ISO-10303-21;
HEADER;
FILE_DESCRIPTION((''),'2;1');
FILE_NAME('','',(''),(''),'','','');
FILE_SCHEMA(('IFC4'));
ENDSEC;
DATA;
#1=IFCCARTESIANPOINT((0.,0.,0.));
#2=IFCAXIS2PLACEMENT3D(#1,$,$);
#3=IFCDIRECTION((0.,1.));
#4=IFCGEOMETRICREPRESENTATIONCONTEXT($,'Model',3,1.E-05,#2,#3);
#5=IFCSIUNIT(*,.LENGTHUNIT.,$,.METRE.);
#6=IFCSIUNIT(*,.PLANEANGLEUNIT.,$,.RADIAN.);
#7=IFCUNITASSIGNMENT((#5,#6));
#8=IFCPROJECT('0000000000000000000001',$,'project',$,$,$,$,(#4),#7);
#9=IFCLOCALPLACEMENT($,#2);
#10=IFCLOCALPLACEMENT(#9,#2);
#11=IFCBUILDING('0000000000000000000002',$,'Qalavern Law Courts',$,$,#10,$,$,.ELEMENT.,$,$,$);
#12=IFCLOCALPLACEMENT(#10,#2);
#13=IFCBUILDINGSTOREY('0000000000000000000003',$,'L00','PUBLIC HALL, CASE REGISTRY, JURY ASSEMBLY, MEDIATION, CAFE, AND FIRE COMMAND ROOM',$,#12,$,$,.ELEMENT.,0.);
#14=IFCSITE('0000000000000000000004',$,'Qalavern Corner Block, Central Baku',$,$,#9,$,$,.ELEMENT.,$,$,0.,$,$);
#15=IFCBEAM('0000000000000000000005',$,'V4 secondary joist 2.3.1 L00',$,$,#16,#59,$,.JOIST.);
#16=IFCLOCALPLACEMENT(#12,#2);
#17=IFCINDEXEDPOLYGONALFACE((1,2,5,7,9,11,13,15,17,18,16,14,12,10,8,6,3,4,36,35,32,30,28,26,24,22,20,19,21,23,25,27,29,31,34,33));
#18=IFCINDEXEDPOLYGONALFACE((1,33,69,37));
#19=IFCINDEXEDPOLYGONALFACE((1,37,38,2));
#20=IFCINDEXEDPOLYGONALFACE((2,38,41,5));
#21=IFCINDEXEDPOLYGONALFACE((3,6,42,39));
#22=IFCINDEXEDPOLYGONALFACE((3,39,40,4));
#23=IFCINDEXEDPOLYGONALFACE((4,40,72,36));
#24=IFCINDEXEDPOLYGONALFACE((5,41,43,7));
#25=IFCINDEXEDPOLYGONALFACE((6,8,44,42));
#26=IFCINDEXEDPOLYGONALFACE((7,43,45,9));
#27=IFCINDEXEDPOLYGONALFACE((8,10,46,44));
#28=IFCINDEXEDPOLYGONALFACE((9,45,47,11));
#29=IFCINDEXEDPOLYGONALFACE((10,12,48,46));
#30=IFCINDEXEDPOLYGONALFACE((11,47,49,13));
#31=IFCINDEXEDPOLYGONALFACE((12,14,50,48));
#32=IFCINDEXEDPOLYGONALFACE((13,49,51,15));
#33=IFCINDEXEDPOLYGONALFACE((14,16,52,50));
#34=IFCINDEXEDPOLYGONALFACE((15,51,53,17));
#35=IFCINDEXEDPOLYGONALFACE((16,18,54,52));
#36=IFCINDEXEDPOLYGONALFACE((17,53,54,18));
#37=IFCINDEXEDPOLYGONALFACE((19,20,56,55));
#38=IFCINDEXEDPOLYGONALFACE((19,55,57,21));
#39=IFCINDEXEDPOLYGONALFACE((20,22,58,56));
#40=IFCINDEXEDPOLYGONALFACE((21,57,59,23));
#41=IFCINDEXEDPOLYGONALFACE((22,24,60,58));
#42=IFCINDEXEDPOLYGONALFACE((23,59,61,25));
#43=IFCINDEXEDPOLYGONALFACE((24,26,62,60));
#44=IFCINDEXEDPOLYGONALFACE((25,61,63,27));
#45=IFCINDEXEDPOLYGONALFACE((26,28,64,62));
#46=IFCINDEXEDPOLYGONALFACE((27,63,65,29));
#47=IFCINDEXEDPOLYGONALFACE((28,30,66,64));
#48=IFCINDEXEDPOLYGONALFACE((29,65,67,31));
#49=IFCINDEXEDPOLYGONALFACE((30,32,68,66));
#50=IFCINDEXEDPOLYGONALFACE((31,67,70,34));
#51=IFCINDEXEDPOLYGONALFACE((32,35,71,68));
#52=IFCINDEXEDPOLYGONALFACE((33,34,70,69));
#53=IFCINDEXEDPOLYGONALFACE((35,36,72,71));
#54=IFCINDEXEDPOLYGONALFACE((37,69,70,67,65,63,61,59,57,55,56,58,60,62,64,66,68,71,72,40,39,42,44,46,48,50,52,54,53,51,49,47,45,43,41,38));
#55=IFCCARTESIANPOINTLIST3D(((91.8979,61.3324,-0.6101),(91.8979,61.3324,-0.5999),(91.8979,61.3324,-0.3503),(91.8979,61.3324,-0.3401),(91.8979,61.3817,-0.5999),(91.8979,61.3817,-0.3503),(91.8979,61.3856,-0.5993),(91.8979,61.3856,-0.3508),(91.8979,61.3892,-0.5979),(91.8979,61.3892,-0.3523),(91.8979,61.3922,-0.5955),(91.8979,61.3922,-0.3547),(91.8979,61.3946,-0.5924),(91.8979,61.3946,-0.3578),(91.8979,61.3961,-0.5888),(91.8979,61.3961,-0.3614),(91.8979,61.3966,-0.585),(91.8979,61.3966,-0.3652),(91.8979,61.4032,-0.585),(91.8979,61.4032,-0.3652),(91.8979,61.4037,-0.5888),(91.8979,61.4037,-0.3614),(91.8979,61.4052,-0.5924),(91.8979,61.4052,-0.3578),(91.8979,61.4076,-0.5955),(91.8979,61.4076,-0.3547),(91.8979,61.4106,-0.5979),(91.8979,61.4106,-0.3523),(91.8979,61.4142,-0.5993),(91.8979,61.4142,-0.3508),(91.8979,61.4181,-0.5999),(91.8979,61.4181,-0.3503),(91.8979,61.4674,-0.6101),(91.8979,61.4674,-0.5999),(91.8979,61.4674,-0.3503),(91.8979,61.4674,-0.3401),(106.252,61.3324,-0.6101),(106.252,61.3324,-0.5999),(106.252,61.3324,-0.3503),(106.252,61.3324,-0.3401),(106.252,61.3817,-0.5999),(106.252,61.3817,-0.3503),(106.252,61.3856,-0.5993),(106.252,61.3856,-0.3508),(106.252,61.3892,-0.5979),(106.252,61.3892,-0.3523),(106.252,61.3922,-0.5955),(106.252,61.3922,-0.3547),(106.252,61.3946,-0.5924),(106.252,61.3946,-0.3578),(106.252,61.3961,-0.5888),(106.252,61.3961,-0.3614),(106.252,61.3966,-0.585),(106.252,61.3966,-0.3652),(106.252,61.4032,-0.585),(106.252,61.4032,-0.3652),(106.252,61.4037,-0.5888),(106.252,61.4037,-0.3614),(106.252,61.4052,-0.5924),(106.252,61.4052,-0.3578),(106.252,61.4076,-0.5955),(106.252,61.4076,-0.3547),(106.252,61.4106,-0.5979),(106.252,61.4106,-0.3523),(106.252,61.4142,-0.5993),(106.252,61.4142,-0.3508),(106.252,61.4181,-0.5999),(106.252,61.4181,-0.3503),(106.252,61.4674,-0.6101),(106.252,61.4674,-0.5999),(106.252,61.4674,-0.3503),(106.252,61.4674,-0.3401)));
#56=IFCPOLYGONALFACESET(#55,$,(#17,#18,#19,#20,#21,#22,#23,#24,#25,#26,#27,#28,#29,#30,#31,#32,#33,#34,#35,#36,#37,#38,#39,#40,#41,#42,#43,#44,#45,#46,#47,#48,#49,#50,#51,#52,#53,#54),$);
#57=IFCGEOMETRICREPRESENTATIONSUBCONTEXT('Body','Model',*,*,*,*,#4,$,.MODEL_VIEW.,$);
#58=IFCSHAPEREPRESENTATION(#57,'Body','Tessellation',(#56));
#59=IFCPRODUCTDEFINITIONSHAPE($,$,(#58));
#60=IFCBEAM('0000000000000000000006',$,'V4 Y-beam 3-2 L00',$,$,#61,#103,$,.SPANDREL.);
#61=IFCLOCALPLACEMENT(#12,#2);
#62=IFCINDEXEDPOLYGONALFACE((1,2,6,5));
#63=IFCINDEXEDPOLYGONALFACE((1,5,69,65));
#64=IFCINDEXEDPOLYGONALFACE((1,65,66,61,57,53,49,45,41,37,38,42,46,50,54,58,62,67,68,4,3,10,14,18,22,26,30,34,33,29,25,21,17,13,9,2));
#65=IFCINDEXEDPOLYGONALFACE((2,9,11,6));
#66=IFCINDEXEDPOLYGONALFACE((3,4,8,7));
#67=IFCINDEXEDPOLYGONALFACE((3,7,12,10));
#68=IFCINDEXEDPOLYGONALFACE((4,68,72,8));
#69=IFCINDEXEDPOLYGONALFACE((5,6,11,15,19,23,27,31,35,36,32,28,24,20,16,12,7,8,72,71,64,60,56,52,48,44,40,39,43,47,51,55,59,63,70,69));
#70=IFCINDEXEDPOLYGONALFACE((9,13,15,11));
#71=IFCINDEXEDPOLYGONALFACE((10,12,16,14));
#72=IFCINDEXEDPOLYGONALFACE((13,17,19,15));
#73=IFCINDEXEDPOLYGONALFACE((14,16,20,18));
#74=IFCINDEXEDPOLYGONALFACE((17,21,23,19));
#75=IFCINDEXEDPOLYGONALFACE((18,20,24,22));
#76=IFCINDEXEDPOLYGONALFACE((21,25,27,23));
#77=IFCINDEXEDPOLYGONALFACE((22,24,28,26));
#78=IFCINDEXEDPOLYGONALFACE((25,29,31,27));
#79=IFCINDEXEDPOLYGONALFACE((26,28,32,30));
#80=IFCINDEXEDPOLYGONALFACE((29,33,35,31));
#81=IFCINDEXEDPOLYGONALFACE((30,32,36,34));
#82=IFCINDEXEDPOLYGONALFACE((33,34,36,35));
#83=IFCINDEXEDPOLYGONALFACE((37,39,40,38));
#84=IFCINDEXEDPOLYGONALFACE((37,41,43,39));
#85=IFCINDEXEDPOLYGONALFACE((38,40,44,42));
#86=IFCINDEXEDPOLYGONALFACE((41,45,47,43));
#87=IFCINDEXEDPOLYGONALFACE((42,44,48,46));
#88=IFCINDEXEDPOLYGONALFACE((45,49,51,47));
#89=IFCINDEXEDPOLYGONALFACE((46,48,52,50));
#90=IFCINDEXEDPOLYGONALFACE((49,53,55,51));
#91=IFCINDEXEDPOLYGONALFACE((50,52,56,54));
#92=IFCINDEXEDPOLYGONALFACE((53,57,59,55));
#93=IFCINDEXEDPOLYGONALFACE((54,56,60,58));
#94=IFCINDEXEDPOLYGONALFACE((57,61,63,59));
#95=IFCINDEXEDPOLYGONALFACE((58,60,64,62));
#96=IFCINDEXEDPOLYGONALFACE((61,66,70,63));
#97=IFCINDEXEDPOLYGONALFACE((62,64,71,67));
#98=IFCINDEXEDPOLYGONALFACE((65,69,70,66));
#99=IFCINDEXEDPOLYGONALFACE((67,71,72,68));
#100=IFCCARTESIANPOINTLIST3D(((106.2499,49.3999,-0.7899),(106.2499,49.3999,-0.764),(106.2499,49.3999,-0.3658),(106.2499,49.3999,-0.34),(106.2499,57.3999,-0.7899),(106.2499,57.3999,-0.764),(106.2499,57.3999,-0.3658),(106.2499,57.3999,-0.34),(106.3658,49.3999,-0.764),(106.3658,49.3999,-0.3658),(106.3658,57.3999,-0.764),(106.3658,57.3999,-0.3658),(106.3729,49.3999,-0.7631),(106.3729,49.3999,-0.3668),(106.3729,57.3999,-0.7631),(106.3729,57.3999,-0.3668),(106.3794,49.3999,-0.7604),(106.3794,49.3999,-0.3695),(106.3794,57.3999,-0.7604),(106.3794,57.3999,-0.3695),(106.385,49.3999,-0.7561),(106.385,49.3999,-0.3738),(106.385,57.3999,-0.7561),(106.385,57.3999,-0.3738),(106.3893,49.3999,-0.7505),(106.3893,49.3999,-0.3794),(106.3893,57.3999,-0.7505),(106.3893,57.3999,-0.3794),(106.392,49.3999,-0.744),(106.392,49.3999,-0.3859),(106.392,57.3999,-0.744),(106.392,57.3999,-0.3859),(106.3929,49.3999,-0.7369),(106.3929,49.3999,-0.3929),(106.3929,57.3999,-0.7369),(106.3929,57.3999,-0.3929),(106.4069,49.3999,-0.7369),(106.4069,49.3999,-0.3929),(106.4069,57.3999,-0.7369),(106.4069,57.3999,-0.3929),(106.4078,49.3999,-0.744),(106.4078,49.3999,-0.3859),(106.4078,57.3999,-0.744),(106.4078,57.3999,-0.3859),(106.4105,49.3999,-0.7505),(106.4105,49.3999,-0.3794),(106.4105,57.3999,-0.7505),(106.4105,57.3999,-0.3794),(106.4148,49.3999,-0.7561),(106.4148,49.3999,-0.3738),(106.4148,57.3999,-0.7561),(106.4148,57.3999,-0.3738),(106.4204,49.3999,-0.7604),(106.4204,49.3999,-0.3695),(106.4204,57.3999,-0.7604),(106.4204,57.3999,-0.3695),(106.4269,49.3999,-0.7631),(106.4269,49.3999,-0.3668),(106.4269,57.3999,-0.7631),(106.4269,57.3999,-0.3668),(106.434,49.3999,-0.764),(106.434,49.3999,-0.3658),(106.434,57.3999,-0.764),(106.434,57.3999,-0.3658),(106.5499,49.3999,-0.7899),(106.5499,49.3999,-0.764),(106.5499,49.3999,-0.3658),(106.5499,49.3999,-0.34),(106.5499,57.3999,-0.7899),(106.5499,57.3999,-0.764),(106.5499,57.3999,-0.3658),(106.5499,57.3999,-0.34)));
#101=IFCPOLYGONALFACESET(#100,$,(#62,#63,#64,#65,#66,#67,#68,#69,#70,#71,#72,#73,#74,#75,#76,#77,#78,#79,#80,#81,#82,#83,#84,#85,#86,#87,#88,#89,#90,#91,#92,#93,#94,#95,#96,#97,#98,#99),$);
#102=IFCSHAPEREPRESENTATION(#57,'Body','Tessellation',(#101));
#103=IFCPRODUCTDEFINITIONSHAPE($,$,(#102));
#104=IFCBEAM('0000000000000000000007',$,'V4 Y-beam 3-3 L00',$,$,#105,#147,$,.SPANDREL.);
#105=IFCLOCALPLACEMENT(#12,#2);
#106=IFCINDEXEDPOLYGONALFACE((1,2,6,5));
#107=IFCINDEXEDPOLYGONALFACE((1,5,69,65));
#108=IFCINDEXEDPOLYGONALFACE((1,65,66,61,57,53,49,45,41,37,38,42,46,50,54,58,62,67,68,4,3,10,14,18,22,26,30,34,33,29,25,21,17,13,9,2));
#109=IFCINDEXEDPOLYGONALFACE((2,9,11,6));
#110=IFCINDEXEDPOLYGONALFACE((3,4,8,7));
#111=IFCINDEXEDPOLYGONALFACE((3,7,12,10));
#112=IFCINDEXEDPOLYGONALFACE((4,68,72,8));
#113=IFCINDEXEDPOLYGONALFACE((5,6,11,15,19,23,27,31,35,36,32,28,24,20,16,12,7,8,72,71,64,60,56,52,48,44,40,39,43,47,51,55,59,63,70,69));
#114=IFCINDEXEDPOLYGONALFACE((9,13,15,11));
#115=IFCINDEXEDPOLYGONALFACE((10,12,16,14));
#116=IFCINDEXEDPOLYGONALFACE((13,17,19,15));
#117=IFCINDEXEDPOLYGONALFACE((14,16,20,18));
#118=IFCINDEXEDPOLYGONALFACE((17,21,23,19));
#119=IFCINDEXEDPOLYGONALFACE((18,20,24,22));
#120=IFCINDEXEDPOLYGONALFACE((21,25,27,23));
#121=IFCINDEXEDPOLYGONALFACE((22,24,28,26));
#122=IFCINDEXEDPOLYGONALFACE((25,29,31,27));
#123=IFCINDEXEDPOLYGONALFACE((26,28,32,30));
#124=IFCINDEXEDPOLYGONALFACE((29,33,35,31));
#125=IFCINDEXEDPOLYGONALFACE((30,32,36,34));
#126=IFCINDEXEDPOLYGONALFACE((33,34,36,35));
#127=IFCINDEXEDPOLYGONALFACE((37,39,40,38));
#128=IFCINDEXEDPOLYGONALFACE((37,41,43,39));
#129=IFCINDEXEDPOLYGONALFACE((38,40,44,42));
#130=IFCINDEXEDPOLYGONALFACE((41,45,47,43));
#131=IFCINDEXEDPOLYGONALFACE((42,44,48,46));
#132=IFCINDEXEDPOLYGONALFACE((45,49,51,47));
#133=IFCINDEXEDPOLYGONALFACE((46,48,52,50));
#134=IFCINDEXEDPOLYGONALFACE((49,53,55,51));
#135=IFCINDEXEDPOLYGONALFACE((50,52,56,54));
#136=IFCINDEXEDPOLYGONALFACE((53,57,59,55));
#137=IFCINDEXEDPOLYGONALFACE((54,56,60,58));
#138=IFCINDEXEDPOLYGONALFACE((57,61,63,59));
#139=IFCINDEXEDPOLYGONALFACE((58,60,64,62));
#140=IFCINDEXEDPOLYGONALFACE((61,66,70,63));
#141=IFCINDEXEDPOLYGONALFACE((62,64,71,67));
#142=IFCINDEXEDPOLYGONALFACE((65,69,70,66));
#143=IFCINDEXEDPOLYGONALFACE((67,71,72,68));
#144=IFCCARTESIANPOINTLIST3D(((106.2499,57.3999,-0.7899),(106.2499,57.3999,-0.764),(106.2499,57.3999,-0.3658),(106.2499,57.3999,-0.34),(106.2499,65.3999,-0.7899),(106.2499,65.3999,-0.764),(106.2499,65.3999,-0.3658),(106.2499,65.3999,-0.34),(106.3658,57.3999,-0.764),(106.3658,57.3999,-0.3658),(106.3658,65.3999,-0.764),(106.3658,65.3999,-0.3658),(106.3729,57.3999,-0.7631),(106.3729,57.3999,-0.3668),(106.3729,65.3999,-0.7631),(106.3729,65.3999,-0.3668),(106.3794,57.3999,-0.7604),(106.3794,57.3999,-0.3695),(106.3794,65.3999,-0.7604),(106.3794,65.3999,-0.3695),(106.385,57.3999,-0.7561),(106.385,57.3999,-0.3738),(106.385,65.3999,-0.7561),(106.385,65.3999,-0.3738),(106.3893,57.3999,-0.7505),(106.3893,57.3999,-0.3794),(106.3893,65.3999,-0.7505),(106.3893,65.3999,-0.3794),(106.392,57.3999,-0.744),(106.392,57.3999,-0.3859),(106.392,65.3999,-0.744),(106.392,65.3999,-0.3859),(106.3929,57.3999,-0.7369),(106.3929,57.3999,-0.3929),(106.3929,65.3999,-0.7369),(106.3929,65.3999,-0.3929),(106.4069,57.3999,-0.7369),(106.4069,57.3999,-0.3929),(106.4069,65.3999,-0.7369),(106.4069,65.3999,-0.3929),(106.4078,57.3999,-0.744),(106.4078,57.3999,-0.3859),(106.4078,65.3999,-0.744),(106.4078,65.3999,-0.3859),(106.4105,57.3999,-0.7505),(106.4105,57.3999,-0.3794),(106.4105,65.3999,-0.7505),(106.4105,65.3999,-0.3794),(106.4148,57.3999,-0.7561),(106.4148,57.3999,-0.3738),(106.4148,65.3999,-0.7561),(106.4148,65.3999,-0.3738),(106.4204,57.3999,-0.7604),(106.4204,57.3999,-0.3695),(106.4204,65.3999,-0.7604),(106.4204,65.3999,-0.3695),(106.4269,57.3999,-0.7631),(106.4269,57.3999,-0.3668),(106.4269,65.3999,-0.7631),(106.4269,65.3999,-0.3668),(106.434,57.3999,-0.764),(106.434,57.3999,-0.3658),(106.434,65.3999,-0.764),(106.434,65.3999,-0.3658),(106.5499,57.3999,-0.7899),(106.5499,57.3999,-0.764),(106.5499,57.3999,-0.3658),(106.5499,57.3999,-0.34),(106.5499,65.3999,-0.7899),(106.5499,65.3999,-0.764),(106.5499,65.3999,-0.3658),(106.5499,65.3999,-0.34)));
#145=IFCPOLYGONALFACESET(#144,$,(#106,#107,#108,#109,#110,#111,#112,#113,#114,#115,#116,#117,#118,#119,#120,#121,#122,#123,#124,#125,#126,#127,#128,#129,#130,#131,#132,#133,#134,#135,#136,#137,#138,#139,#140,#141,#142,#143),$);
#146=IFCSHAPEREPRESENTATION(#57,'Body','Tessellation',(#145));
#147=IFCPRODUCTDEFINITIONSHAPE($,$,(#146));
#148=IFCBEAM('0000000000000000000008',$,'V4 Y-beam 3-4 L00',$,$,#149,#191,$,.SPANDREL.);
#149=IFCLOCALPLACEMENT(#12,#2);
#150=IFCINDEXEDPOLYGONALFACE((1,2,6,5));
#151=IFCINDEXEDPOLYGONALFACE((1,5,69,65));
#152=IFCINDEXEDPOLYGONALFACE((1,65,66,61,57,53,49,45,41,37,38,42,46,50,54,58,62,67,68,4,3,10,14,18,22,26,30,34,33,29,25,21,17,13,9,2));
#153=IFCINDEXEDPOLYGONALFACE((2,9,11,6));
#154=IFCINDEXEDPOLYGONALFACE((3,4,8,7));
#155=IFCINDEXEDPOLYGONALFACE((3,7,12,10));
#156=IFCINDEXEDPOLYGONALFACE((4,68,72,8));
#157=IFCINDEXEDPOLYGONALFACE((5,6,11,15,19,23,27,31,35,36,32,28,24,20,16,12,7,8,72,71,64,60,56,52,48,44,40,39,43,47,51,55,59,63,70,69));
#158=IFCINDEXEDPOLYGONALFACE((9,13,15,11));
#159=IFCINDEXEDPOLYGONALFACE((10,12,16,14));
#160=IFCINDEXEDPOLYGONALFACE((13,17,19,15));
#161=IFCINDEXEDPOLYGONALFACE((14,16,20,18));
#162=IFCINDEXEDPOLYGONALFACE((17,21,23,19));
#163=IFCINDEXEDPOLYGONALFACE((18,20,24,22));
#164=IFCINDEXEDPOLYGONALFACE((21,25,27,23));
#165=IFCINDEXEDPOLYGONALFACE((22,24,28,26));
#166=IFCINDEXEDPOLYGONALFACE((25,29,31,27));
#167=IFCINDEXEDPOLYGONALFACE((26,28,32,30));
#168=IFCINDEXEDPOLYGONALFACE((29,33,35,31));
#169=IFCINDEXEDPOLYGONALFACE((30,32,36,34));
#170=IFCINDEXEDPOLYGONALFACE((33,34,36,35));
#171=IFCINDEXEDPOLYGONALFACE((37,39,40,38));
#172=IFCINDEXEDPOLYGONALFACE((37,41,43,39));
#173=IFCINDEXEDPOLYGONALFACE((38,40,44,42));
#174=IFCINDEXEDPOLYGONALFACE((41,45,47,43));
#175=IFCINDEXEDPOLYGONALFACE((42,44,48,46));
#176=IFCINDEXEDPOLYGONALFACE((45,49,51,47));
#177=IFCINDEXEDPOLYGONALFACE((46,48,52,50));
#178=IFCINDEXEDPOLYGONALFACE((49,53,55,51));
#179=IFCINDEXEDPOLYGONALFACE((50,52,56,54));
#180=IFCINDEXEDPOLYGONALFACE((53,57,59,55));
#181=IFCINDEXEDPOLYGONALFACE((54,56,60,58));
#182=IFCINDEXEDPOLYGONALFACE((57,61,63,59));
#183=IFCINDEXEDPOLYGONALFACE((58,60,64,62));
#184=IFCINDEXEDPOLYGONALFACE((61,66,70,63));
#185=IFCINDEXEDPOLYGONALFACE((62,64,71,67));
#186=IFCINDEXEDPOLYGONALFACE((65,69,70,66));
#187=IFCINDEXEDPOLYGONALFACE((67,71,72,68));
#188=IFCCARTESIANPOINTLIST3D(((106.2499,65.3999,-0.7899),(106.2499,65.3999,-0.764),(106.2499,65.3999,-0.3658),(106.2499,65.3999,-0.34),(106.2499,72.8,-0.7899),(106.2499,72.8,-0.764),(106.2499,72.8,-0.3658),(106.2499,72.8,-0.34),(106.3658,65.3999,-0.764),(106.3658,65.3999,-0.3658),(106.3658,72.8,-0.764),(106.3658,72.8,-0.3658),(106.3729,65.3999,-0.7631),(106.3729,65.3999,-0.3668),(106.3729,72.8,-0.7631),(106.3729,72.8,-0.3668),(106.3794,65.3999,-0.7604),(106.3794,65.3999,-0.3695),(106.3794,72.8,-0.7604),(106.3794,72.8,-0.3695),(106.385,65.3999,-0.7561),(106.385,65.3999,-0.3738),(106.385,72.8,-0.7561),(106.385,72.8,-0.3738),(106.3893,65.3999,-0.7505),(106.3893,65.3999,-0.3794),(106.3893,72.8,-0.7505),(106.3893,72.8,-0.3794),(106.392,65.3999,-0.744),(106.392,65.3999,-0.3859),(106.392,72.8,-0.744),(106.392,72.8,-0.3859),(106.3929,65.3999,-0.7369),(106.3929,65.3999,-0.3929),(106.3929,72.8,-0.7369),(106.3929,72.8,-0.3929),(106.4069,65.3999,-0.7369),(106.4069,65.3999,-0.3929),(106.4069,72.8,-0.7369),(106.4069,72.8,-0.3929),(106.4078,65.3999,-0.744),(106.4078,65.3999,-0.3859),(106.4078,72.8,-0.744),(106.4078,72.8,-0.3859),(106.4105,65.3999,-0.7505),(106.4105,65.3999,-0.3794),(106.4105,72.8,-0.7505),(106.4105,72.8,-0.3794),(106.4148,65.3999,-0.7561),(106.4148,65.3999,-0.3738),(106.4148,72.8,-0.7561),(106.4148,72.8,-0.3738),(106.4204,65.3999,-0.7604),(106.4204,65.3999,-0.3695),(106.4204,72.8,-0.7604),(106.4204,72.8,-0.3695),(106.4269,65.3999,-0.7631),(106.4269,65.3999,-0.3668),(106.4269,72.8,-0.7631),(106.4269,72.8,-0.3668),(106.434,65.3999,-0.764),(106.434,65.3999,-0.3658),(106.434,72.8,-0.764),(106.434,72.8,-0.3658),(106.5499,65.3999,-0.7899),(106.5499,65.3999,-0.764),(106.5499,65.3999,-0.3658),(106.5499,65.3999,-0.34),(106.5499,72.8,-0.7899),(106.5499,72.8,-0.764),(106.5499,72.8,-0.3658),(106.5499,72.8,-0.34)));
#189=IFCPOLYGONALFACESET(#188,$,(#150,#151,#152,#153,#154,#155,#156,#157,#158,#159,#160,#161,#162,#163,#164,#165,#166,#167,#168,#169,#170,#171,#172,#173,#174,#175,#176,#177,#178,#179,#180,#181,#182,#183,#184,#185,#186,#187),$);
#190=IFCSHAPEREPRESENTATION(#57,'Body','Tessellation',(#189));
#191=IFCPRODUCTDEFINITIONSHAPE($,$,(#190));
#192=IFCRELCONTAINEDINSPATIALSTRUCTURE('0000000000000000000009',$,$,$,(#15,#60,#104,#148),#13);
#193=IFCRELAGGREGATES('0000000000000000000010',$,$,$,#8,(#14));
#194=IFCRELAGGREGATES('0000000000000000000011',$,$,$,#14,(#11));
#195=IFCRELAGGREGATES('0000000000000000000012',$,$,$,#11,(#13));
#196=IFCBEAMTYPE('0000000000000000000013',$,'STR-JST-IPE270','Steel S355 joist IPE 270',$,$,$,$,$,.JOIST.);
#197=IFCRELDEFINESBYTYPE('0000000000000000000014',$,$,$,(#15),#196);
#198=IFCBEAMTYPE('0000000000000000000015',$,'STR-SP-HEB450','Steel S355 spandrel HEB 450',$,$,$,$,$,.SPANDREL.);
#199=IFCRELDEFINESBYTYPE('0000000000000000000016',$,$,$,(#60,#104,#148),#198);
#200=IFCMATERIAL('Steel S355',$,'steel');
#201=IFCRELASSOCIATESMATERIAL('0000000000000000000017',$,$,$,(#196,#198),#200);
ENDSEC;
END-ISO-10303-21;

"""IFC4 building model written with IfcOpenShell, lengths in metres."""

from ifc_helpers import new_model, si_unit, direction, frame, origin, origin_2d, place, context, subcontext, project, spatial, i_section, extrude, material, material_profile, profile_set, type_object, element, save


model = new_model("IFC4")

# Units and contexts
model_context = context("Model", 3, precision=1e-05, world=origin(), true_north=direction((0.0, 1.0)))
body_context = subcontext(model_context, "Body", "Model", "MODEL_VIEW")
ifc_project = project(units=[si_unit("LENGTHUNIT", "METRE"), si_unit("PLANEANGLEUNIT", "RADIAN")], contexts=[model_context])

# Site, building, storey
site_placement = place(None, origin())
site = spatial("IfcSite", under=ifc_project, at=site_placement, Name="Qalavern Corner Block, Central Baku", CompositionType="ELEMENT", RefElevation=0.0)
building_placement = place(site_placement, origin())
building = spatial("IfcBuilding", under=site, at=building_placement, Name="Qalavern Law Courts", CompositionType="ELEMENT")
storey_placement = place(building_placement, origin())
storey = spatial("IfcBuildingStorey", under=building, at=storey_placement, Name="L00", Description="PUBLIC HALL, CASE REGISTRY, JURY ASSEMBLY, MEDIATION, CAFE, AND FIRE COMMAND ROOM", CompositionType="ELEMENT", Elevation=0.0)

# Beams
ifc_material_1 = material(Name="Steel S355", Category="steel")
ifc_material_profile_1 = material_profile(ifc_material_1, i_section(OverallWidth=0.135, OverallDepth=0.27, WebThickness=0.0066, FlangeThickness=0.0103, FilletRadius=0.0149, at=origin_2d()), Name="IPE 270")
ifc_profile_set_1 = profile_set([ifc_material_profile_1], Name="Steel S355")
beam_type_1 = type_object("IfcBeamType", Name="STR-JST-IPE270", Description="Steel S355 joist IPE 270", PredefinedType="JOIST", material=ifc_profile_set_1)
beam_1_placement = place(storey_placement, frame((91.8979, 61.3999, -0.4751), z_axis=(1.0, 0.0, 0.0), x_axis=(0.0, 1.0, 0.0)))
element("IfcBeam", 1, at=beam_1_placement, inside=storey, type_object=beam_type_1, Name="V4 secondary joist 2.3.1 L00", PredefinedType="JOIST", context=body_context, shape_type="SweptSolid", body=[
    extrude(i_section(OverallWidth=0.135, OverallDepth=0.27, WebThickness=0.0066, FlangeThickness=0.0103, FilletRadius=0.0149, at=origin_2d()), origin(), (0.0, 0.0, 1.0), 14.354),
])
ifc_material_profile_2 = material_profile(ifc_material_1, i_section(OverallWidth=0.3, OverallDepth=0.45, WebThickness=0.0139, FlangeThickness=0.0259, FilletRadius=0.0271, at=origin_2d()), Name="HEB 450")
ifc_profile_set_2 = profile_set([ifc_material_profile_2], Name="Steel S355")
beam_type_2 = type_object("IfcBeamType", Name="STR-SP-HEB450", Description="Steel S355 spandrel HEB 450", PredefinedType="SPANDREL", material=ifc_profile_set_2)
for number, where, z_axis, x_axis, name in (
    (2, (106.3999, 49.3999, -0.5649), (0.0, 1.0, 0.0), (-1.0, 0.0, 0.0), "V4 Y-beam 3-2 L00"),
    (3, (106.3999, 57.3999, -0.5649), (0.0, 1.0, 0.0), (-1.0, 0.0, 0.0), "V4 Y-beam 3-3 L00"),
):
    element("IfcBeam", number, at=place(storey_placement, frame(where, z_axis=z_axis, x_axis=x_axis)), inside=storey, type_object=beam_type_2, Name=name, PredefinedType="SPANDREL", context=body_context, shape_type="SweptSolid", body=[
        extrude(i_section(OverallWidth=0.3, OverallDepth=0.45, WebThickness=0.0139, FlangeThickness=0.0259, FilletRadius=0.0271, at=origin_2d()), origin(), (0.0, 0.0, 1.0), 8.0),
    ])
beam_2_placement = place(storey_placement, frame((106.3999, 65.3999, -0.5649), z_axis=(0.0, 1.0, 0.0), x_axis=(-1.0, 0.0, 0.0)))
element("IfcBeam", 4, at=beam_2_placement, inside=storey, type_object=beam_type_2, Name="V4 Y-beam 3-4 L00", PredefinedType="SPANDREL", context=body_context, shape_type="SweptSolid", body=[
    extrude(i_section(OverallWidth=0.3, OverallDepth=0.45, WebThickness=0.0139, FlangeThickness=0.0259, FilletRadius=0.0271, at=origin_2d()), origin(), (0.0, 0.0, 1.0), 7.4001),
])

save(model, "model.ifc")
